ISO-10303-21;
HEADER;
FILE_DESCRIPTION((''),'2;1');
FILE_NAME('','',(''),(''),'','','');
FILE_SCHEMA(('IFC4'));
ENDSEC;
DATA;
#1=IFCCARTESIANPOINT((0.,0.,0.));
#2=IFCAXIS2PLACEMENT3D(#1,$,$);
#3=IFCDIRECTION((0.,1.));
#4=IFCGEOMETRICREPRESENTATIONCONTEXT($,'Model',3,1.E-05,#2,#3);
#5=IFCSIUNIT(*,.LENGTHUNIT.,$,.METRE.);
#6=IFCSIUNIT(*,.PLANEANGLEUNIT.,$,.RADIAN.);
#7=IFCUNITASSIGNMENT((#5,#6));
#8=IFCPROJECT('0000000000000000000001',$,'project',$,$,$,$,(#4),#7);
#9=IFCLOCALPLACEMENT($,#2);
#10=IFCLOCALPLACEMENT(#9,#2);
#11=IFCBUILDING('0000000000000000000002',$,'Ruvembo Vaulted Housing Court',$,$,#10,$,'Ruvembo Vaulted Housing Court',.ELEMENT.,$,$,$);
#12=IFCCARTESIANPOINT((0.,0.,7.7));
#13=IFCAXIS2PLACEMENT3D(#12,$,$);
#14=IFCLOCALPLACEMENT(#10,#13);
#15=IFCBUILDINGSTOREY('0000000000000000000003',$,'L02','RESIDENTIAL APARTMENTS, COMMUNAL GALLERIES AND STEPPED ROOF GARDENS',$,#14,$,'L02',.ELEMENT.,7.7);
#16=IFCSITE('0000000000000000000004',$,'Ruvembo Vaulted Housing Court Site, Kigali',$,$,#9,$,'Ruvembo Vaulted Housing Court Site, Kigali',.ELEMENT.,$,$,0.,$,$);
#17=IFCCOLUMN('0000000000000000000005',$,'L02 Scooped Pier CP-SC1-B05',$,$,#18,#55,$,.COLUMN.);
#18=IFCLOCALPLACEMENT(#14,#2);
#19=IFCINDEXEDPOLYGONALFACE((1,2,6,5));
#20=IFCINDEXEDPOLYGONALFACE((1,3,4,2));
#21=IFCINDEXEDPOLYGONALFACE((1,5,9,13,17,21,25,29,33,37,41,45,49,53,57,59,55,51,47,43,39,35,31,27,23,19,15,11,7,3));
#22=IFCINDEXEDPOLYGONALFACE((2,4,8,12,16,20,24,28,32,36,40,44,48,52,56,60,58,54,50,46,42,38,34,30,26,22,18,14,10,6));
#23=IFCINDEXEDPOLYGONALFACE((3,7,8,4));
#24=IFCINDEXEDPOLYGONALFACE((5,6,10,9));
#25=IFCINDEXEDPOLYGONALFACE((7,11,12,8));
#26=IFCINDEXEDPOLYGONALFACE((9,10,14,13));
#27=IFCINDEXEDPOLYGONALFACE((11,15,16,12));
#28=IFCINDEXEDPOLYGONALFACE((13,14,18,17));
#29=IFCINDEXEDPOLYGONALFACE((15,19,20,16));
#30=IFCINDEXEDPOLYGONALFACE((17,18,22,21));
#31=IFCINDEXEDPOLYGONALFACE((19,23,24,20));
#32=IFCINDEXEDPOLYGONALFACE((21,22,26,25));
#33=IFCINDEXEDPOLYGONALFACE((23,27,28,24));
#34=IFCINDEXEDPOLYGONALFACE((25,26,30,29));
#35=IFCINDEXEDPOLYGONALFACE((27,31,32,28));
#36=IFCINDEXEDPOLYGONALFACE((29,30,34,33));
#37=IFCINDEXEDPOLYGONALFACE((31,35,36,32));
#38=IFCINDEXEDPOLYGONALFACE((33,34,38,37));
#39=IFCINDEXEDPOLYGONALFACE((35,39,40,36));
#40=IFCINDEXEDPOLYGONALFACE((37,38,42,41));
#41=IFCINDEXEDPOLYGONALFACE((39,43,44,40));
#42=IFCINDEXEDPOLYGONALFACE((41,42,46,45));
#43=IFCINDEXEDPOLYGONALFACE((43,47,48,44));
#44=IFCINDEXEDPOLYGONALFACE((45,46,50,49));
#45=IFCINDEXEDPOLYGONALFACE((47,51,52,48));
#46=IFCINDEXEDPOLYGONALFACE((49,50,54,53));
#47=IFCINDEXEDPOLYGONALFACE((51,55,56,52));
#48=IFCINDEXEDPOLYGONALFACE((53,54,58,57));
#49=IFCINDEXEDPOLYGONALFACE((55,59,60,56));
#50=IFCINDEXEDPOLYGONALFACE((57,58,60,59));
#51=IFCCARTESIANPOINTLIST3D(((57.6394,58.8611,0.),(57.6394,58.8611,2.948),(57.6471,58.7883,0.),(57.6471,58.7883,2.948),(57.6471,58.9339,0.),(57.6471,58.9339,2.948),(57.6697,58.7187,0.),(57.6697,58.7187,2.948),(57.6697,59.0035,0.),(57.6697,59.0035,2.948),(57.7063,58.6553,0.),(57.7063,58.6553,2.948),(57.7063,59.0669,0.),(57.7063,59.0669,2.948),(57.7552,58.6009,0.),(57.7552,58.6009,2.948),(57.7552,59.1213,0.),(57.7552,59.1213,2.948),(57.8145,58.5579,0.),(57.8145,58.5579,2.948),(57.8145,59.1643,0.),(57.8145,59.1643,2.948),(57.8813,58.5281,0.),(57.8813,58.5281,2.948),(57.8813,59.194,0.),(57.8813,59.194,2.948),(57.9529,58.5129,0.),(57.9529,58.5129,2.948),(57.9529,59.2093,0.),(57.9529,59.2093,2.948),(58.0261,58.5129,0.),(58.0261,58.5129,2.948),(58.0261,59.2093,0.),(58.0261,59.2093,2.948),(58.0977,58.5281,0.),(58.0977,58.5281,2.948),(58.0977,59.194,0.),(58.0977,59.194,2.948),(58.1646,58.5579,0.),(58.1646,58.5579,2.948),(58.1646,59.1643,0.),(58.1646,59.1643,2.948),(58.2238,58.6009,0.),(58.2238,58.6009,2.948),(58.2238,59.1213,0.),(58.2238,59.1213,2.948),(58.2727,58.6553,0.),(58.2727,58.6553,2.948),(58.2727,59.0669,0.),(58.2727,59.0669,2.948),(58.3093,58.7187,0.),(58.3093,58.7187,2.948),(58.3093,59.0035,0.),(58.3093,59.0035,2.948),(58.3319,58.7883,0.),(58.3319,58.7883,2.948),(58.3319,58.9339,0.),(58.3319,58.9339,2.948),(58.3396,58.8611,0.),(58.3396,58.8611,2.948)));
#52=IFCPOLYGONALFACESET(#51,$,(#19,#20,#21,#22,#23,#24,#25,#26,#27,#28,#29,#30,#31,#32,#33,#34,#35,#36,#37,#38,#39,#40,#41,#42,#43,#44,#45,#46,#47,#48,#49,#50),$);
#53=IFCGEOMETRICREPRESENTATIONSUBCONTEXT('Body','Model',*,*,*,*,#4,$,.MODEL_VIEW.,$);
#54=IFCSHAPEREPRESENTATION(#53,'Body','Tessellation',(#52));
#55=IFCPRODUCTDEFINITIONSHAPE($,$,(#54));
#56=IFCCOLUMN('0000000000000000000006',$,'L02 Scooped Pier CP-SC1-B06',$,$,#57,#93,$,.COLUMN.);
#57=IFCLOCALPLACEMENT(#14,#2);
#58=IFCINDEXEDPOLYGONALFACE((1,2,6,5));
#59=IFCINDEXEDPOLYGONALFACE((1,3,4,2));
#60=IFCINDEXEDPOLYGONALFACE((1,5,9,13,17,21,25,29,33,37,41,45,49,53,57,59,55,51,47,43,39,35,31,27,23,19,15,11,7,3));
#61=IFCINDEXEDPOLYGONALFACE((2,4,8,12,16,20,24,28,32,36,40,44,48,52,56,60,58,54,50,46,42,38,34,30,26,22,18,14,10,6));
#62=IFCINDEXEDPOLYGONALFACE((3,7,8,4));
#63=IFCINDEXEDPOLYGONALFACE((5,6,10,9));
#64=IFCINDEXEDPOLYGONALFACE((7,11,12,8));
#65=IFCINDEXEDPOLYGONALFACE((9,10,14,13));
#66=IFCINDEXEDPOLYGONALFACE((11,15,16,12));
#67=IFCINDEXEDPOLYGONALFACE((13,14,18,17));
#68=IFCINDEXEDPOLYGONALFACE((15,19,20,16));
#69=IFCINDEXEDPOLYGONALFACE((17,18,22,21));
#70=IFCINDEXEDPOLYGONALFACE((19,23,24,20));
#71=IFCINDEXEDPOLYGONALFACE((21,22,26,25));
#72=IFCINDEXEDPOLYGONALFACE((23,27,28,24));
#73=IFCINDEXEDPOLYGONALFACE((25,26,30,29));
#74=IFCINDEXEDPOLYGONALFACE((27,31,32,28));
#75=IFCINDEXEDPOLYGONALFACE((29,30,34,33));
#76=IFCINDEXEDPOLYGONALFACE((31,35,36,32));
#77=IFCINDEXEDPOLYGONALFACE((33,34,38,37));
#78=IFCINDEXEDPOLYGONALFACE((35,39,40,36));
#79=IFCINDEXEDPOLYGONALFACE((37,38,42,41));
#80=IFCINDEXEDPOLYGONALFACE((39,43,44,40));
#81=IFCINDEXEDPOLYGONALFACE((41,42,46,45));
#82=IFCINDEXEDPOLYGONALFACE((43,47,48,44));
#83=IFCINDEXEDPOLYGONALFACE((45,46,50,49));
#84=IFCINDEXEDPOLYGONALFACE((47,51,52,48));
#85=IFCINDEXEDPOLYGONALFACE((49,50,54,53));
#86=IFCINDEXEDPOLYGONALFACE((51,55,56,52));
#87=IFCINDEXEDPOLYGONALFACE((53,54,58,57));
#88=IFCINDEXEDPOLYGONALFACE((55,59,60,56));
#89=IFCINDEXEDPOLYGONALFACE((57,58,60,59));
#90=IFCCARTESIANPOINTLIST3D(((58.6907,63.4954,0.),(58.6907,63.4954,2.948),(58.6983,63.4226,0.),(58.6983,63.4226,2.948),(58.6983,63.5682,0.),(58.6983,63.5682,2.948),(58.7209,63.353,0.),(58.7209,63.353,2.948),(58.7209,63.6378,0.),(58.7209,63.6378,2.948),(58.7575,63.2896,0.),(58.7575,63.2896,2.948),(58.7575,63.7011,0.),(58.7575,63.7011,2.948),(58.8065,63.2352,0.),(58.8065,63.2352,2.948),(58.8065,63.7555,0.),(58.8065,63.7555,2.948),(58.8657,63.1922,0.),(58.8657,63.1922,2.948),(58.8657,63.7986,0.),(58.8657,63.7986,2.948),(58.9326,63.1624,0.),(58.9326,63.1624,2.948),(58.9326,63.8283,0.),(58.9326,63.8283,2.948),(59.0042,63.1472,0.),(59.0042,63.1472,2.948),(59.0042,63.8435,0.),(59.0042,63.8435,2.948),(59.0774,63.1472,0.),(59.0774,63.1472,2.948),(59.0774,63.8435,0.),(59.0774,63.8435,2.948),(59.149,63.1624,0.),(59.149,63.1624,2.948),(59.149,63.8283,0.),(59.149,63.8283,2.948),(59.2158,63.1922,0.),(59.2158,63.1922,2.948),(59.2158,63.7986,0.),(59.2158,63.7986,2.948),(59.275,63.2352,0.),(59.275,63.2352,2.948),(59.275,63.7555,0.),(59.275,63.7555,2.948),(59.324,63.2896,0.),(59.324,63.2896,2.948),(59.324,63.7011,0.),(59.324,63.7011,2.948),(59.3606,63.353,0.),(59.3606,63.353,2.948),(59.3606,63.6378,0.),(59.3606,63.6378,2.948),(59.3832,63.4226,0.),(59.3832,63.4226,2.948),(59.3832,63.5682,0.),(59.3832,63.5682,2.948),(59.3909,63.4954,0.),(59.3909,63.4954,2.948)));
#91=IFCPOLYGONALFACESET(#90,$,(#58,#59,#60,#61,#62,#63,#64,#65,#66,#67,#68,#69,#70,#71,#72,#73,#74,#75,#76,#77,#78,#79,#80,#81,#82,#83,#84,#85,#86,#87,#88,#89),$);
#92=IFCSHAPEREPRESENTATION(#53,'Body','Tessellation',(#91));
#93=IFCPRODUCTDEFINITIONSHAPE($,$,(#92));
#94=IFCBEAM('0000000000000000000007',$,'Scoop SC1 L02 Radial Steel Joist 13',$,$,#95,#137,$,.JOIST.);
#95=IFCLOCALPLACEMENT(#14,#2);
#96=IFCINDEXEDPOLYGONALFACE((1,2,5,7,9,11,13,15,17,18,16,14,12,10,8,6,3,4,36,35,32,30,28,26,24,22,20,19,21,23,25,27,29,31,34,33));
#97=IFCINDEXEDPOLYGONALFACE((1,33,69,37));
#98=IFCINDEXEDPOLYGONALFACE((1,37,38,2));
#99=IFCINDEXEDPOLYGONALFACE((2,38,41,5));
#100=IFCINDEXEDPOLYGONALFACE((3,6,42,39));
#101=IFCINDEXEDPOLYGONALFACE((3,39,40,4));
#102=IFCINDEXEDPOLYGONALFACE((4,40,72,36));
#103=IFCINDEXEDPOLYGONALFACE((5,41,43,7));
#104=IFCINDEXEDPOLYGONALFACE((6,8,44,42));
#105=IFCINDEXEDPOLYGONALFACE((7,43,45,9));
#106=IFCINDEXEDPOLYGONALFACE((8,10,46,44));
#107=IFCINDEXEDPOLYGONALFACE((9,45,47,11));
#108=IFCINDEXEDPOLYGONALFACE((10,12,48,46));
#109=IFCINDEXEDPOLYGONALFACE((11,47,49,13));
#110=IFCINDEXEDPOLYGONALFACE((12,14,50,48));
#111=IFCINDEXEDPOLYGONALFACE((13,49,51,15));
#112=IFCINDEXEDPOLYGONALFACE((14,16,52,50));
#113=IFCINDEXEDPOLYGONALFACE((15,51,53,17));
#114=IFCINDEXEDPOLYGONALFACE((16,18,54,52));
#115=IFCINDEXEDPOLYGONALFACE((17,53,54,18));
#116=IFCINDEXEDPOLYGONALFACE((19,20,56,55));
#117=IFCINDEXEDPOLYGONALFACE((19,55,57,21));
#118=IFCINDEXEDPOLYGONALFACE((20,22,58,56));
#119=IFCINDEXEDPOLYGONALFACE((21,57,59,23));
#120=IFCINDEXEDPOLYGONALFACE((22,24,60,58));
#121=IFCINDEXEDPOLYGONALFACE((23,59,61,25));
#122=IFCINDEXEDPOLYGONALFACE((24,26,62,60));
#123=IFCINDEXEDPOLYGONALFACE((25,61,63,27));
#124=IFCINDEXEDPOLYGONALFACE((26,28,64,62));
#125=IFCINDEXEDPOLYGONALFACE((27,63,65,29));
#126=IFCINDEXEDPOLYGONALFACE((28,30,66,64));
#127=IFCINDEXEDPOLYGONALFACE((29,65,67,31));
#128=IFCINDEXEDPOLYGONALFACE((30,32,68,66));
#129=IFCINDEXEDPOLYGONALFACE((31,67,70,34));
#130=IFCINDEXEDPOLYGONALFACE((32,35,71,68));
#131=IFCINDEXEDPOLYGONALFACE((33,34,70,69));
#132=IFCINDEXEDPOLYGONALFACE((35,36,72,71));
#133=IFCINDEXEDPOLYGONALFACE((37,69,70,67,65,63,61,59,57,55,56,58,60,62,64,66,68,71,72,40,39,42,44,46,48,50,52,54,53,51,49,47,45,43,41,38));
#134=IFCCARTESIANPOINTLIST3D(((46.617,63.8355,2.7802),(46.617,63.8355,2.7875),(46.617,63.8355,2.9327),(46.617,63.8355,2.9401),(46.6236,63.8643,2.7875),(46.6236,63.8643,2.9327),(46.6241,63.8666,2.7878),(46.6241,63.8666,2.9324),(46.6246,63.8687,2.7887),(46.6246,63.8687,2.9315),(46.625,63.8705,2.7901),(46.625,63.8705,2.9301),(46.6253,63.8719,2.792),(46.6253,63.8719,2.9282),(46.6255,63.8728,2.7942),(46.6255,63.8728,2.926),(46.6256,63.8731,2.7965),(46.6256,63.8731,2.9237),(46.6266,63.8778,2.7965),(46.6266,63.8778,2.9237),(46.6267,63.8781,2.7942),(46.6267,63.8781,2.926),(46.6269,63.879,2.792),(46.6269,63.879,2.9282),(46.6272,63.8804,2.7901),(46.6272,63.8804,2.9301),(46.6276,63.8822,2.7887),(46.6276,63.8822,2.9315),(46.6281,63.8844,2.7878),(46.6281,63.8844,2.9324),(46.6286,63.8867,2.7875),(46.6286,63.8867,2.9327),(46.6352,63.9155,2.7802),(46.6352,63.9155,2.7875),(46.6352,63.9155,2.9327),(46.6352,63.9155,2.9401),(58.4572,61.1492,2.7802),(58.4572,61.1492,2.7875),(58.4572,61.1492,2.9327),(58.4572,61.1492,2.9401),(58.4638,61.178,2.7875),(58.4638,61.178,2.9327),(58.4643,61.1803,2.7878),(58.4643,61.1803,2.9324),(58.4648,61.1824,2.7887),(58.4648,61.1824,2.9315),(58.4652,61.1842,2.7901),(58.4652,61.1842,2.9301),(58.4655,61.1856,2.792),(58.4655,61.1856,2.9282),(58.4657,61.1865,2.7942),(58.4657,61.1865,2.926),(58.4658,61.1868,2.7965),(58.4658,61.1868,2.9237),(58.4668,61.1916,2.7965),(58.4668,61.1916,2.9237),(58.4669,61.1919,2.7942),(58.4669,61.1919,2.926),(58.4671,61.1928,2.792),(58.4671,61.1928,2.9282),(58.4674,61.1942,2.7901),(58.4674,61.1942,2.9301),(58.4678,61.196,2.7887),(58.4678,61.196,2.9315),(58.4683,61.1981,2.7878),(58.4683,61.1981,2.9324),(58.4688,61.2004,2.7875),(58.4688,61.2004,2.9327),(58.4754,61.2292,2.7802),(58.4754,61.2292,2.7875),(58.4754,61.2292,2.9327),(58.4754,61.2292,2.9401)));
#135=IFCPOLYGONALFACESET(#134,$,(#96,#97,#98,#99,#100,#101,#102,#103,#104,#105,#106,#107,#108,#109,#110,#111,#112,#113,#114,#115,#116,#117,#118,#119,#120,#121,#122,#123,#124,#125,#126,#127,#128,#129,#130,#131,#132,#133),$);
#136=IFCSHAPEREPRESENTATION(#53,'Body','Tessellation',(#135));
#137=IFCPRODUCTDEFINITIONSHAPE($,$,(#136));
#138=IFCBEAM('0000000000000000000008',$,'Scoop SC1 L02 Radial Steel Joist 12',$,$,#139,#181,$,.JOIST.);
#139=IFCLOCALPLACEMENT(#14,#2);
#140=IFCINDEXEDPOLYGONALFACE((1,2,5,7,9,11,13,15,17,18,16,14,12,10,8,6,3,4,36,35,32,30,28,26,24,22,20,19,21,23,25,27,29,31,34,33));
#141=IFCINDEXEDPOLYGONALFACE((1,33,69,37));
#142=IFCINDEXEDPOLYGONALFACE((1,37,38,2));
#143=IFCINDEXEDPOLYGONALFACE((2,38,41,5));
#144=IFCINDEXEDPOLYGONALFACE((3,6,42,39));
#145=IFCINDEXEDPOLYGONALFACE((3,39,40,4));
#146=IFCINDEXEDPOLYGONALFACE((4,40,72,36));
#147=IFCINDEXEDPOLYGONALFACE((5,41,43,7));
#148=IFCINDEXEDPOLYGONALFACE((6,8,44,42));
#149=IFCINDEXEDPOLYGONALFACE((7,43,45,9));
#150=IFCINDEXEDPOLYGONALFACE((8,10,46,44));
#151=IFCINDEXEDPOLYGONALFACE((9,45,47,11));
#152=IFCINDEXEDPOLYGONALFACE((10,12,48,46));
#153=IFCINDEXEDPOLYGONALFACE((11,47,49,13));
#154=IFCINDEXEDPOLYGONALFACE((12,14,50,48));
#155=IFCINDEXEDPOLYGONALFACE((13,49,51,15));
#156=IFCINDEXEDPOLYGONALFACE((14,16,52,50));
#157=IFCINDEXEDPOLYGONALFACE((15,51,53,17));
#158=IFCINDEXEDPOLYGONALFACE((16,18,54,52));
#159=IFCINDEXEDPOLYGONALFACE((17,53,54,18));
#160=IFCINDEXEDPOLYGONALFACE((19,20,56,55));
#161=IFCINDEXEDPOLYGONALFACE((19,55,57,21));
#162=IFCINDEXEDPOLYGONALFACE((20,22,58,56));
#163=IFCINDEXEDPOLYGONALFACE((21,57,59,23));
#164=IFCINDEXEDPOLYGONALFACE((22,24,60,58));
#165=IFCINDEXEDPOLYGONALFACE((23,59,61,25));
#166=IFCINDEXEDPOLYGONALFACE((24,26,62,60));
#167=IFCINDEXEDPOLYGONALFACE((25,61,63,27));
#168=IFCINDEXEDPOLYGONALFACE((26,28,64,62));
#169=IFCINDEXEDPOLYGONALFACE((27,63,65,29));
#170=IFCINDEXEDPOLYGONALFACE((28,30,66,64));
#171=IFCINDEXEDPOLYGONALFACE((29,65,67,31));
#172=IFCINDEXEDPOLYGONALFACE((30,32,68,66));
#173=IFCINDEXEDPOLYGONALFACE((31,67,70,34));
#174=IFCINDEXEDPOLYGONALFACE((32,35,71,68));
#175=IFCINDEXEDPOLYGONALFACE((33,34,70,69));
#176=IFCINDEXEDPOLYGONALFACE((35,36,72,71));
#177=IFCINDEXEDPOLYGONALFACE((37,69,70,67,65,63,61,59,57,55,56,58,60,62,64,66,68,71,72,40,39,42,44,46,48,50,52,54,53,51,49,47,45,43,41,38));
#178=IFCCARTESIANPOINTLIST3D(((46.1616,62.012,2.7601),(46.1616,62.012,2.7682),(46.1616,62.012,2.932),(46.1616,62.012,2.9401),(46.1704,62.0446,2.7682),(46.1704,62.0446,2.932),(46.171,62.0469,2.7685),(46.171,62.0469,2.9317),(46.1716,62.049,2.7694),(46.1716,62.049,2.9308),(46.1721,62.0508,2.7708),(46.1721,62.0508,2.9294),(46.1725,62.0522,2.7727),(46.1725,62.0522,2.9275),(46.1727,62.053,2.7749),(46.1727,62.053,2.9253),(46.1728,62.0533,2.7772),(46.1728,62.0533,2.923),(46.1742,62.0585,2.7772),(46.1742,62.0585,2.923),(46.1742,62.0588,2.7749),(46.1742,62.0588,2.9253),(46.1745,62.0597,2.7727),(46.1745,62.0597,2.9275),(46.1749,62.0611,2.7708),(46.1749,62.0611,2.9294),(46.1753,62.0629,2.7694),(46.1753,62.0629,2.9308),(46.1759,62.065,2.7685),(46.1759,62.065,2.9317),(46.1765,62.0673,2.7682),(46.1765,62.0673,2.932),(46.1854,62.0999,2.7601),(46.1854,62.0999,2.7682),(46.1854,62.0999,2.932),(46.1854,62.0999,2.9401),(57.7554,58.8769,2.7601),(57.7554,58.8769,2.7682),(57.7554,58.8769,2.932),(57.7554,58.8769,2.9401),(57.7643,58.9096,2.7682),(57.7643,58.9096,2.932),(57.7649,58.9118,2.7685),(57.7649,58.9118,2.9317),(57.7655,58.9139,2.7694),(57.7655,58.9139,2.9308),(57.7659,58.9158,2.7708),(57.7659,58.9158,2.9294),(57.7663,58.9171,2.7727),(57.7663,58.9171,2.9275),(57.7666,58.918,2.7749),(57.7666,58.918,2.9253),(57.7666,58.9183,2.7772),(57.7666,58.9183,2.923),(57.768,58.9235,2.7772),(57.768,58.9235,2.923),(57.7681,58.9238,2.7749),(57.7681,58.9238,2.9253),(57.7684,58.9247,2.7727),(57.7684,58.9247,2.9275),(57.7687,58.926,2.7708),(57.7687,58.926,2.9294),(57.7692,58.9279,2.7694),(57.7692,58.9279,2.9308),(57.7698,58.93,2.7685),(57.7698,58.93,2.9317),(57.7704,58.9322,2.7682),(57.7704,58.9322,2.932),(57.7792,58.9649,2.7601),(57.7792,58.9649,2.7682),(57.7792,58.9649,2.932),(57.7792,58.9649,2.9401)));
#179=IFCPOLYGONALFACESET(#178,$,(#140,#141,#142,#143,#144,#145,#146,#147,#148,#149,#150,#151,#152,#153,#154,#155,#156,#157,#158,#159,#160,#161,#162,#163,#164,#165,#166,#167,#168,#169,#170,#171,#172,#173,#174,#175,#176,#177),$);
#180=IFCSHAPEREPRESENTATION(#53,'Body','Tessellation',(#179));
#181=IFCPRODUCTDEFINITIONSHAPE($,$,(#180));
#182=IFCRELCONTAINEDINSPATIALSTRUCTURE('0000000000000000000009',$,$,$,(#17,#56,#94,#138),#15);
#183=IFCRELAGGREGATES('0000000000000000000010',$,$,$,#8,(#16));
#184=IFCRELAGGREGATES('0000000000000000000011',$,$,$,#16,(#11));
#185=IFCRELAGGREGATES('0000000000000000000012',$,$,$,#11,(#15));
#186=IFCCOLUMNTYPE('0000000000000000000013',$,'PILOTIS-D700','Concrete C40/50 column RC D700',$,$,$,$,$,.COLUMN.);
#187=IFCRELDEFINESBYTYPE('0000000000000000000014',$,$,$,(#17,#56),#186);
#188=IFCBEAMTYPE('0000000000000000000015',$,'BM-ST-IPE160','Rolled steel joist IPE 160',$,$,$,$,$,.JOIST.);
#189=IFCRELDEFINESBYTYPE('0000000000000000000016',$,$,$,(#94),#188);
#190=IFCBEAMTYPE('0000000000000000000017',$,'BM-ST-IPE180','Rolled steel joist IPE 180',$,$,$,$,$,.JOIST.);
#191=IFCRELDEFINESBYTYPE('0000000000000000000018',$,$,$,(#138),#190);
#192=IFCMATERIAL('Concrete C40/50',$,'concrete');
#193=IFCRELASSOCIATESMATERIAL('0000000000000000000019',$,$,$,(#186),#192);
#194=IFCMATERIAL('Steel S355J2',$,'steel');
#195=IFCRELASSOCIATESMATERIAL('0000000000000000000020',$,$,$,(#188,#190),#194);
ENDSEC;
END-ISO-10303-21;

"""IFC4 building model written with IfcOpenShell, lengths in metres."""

from ifc_helpers import new_model, si_unit, direction, frame, origin, origin_2d, place, context, subcontext, project, spatial, circle, i_section, extrude, material, material_profile, profile_set, type_object, element, save


model = new_model("IFC4")

# Units and contexts
model_context = context("Model", 3, precision=1e-05, world=origin(), true_north=direction((0.0, 1.0)))
body_context = subcontext(model_context, "Body", "Model", "MODEL_VIEW")
ifc_project = project(units=[si_unit("LENGTHUNIT", "METRE"), si_unit("PLANEANGLEUNIT", "RADIAN")], contexts=[model_context])

# Site, building, storey
site_placement = place(None, origin())
site = spatial("IfcSite", under=ifc_project, at=site_placement, Name="Ruvembo Vaulted Housing Court Site, Kigali", LongName="Ruvembo Vaulted Housing Court Site, Kigali", CompositionType="ELEMENT", RefElevation=0.0)
building_placement = place(site_placement, origin())
building = spatial("IfcBuilding", under=site, at=building_placement, Name="Ruvembo Vaulted Housing Court", LongName="Ruvembo Vaulted Housing Court", CompositionType="ELEMENT")
storey_placement = place(building_placement, frame((0.0, 0.0, 7.7)))
storey = spatial("IfcBuildingStorey", under=building, at=storey_placement, Name="L02", Description="RESIDENTIAL APARTMENTS, COMMUNAL GALLERIES AND STEPPED ROOF GARDENS", LongName="L02", CompositionType="ELEMENT", Elevation=7.7)

# Columns
ifc_material_1 = material(Name="Concrete C40/50", Category="concrete")
ifc_material_profile_1 = material_profile(ifc_material_1, circle(Radius=0.3501, at=origin_2d()), Name="RC D700")
ifc_profile_set_1 = profile_set([ifc_material_profile_1], Name="Concrete C40/50")
column_type = type_object("IfcColumnType", Name="PILOTIS-D700", Description="Concrete C40/50 column RC D700", PredefinedType="COLUMN", material=ifc_profile_set_1)
for number, where, z_axis, x_axis, name in (
    (1, (57.9895, 58.8611, 0.0), (0.0, 0.0, 1.0), (1.0, 0.0, 0.0), "L02 Scooped Pier CP-SC1-B05"),
    (2, (59.0408, 63.4954, 0.0), (0.0, 0.0, 1.0), (1.0, 0.0, 0.0), "L02 Scooped Pier CP-SC1-B06"),
):
    element("IfcColumn", number, at=place(storey_placement, frame(where, z_axis=z_axis, x_axis=x_axis)), inside=storey, type_object=column_type, Name=name, PredefinedType="COLUMN", context=body_context, shape_type="SweptSolid", body=[
        extrude(circle(Radius=0.3501, at=origin_2d()), origin(), (0.0, 0.0, 1.0), 2.948),
    ])

# Beams
ifc_material_2 = material(Name="Steel S355J2", Category="steel")
ifc_material_profile_2 = material_profile(ifc_material_2, i_section(OverallWidth=0.082, OverallDepth=0.1599, WebThickness=0.0049, FlangeThickness=0.0073, FilletRadius=0.009, at=origin_2d()), Name="IPE 160")
ifc_profile_set_2 = profile_set([ifc_material_profile_2], Name="Steel S355J2")
beam_type_1 = type_object("IfcBeamType", Name="BM-ST-IPE160", Description="Rolled steel joist IPE 160", PredefinedType="JOIST", material=ifc_profile_set_2)
beam_1_placement = place(storey_placement, frame((58.4663, 61.1892, 2.8601), z_axis=(-0.975217, 0.221253, 0.0), x_axis=(-0.221253, -0.975217, 0.0)))
element("IfcBeam", 3, at=beam_1_placement, inside=storey, type_object=beam_type_1, Name="Scoop SC1 L02 Radial Steel Joist 13", PredefinedType="JOIST", context=body_context, shape_type="SweptSolid", body=[
    extrude(i_section(OverallWidth=0.082, OverallDepth=0.1599, WebThickness=0.0049, FlangeThickness=0.0073, FilletRadius=0.009, at=origin_2d()), origin(), (0.0, 0.0, 1.0), 12.1411),
])
ifc_material_profile_3 = material_profile(ifc_material_2, i_section(OverallWidth=0.0911, OverallDepth=0.1799, WebThickness=0.0054, FlangeThickness=0.0081, FilletRadius=0.009, at=origin_2d()), Name="IPE 180")
ifc_profile_set_3 = profile_set([ifc_material_profile_3], Name="Steel S355J2")
beam_type_2 = type_object("IfcBeamType", Name="BM-ST-IPE180", Description="Rolled steel joist IPE 180", PredefinedType="JOIST", material=ifc_profile_set_3)
beam_2_placement = place(storey_placement, frame((57.7673, 58.9209, 2.8501), z_axis=(-0.965331, 0.26103, 0.0), x_axis=(-0.26103, -0.965331, 0.0)))
element("IfcBeam", 4, at=beam_2_placement, inside=storey, type_object=beam_type_2, Name="Scoop SC1 L02 Radial Steel Joist 12", PredefinedType="JOIST", context=body_context, shape_type="SweptSolid", body=[
    extrude(i_section(OverallWidth=0.0911, OverallDepth=0.1799, WebThickness=0.0054, FlangeThickness=0.0081, FilletRadius=0.009, at=origin_2d()), origin(), (0.0, 0.0, 1.0), 12.0103),
])

save(model, "model.ifc")
